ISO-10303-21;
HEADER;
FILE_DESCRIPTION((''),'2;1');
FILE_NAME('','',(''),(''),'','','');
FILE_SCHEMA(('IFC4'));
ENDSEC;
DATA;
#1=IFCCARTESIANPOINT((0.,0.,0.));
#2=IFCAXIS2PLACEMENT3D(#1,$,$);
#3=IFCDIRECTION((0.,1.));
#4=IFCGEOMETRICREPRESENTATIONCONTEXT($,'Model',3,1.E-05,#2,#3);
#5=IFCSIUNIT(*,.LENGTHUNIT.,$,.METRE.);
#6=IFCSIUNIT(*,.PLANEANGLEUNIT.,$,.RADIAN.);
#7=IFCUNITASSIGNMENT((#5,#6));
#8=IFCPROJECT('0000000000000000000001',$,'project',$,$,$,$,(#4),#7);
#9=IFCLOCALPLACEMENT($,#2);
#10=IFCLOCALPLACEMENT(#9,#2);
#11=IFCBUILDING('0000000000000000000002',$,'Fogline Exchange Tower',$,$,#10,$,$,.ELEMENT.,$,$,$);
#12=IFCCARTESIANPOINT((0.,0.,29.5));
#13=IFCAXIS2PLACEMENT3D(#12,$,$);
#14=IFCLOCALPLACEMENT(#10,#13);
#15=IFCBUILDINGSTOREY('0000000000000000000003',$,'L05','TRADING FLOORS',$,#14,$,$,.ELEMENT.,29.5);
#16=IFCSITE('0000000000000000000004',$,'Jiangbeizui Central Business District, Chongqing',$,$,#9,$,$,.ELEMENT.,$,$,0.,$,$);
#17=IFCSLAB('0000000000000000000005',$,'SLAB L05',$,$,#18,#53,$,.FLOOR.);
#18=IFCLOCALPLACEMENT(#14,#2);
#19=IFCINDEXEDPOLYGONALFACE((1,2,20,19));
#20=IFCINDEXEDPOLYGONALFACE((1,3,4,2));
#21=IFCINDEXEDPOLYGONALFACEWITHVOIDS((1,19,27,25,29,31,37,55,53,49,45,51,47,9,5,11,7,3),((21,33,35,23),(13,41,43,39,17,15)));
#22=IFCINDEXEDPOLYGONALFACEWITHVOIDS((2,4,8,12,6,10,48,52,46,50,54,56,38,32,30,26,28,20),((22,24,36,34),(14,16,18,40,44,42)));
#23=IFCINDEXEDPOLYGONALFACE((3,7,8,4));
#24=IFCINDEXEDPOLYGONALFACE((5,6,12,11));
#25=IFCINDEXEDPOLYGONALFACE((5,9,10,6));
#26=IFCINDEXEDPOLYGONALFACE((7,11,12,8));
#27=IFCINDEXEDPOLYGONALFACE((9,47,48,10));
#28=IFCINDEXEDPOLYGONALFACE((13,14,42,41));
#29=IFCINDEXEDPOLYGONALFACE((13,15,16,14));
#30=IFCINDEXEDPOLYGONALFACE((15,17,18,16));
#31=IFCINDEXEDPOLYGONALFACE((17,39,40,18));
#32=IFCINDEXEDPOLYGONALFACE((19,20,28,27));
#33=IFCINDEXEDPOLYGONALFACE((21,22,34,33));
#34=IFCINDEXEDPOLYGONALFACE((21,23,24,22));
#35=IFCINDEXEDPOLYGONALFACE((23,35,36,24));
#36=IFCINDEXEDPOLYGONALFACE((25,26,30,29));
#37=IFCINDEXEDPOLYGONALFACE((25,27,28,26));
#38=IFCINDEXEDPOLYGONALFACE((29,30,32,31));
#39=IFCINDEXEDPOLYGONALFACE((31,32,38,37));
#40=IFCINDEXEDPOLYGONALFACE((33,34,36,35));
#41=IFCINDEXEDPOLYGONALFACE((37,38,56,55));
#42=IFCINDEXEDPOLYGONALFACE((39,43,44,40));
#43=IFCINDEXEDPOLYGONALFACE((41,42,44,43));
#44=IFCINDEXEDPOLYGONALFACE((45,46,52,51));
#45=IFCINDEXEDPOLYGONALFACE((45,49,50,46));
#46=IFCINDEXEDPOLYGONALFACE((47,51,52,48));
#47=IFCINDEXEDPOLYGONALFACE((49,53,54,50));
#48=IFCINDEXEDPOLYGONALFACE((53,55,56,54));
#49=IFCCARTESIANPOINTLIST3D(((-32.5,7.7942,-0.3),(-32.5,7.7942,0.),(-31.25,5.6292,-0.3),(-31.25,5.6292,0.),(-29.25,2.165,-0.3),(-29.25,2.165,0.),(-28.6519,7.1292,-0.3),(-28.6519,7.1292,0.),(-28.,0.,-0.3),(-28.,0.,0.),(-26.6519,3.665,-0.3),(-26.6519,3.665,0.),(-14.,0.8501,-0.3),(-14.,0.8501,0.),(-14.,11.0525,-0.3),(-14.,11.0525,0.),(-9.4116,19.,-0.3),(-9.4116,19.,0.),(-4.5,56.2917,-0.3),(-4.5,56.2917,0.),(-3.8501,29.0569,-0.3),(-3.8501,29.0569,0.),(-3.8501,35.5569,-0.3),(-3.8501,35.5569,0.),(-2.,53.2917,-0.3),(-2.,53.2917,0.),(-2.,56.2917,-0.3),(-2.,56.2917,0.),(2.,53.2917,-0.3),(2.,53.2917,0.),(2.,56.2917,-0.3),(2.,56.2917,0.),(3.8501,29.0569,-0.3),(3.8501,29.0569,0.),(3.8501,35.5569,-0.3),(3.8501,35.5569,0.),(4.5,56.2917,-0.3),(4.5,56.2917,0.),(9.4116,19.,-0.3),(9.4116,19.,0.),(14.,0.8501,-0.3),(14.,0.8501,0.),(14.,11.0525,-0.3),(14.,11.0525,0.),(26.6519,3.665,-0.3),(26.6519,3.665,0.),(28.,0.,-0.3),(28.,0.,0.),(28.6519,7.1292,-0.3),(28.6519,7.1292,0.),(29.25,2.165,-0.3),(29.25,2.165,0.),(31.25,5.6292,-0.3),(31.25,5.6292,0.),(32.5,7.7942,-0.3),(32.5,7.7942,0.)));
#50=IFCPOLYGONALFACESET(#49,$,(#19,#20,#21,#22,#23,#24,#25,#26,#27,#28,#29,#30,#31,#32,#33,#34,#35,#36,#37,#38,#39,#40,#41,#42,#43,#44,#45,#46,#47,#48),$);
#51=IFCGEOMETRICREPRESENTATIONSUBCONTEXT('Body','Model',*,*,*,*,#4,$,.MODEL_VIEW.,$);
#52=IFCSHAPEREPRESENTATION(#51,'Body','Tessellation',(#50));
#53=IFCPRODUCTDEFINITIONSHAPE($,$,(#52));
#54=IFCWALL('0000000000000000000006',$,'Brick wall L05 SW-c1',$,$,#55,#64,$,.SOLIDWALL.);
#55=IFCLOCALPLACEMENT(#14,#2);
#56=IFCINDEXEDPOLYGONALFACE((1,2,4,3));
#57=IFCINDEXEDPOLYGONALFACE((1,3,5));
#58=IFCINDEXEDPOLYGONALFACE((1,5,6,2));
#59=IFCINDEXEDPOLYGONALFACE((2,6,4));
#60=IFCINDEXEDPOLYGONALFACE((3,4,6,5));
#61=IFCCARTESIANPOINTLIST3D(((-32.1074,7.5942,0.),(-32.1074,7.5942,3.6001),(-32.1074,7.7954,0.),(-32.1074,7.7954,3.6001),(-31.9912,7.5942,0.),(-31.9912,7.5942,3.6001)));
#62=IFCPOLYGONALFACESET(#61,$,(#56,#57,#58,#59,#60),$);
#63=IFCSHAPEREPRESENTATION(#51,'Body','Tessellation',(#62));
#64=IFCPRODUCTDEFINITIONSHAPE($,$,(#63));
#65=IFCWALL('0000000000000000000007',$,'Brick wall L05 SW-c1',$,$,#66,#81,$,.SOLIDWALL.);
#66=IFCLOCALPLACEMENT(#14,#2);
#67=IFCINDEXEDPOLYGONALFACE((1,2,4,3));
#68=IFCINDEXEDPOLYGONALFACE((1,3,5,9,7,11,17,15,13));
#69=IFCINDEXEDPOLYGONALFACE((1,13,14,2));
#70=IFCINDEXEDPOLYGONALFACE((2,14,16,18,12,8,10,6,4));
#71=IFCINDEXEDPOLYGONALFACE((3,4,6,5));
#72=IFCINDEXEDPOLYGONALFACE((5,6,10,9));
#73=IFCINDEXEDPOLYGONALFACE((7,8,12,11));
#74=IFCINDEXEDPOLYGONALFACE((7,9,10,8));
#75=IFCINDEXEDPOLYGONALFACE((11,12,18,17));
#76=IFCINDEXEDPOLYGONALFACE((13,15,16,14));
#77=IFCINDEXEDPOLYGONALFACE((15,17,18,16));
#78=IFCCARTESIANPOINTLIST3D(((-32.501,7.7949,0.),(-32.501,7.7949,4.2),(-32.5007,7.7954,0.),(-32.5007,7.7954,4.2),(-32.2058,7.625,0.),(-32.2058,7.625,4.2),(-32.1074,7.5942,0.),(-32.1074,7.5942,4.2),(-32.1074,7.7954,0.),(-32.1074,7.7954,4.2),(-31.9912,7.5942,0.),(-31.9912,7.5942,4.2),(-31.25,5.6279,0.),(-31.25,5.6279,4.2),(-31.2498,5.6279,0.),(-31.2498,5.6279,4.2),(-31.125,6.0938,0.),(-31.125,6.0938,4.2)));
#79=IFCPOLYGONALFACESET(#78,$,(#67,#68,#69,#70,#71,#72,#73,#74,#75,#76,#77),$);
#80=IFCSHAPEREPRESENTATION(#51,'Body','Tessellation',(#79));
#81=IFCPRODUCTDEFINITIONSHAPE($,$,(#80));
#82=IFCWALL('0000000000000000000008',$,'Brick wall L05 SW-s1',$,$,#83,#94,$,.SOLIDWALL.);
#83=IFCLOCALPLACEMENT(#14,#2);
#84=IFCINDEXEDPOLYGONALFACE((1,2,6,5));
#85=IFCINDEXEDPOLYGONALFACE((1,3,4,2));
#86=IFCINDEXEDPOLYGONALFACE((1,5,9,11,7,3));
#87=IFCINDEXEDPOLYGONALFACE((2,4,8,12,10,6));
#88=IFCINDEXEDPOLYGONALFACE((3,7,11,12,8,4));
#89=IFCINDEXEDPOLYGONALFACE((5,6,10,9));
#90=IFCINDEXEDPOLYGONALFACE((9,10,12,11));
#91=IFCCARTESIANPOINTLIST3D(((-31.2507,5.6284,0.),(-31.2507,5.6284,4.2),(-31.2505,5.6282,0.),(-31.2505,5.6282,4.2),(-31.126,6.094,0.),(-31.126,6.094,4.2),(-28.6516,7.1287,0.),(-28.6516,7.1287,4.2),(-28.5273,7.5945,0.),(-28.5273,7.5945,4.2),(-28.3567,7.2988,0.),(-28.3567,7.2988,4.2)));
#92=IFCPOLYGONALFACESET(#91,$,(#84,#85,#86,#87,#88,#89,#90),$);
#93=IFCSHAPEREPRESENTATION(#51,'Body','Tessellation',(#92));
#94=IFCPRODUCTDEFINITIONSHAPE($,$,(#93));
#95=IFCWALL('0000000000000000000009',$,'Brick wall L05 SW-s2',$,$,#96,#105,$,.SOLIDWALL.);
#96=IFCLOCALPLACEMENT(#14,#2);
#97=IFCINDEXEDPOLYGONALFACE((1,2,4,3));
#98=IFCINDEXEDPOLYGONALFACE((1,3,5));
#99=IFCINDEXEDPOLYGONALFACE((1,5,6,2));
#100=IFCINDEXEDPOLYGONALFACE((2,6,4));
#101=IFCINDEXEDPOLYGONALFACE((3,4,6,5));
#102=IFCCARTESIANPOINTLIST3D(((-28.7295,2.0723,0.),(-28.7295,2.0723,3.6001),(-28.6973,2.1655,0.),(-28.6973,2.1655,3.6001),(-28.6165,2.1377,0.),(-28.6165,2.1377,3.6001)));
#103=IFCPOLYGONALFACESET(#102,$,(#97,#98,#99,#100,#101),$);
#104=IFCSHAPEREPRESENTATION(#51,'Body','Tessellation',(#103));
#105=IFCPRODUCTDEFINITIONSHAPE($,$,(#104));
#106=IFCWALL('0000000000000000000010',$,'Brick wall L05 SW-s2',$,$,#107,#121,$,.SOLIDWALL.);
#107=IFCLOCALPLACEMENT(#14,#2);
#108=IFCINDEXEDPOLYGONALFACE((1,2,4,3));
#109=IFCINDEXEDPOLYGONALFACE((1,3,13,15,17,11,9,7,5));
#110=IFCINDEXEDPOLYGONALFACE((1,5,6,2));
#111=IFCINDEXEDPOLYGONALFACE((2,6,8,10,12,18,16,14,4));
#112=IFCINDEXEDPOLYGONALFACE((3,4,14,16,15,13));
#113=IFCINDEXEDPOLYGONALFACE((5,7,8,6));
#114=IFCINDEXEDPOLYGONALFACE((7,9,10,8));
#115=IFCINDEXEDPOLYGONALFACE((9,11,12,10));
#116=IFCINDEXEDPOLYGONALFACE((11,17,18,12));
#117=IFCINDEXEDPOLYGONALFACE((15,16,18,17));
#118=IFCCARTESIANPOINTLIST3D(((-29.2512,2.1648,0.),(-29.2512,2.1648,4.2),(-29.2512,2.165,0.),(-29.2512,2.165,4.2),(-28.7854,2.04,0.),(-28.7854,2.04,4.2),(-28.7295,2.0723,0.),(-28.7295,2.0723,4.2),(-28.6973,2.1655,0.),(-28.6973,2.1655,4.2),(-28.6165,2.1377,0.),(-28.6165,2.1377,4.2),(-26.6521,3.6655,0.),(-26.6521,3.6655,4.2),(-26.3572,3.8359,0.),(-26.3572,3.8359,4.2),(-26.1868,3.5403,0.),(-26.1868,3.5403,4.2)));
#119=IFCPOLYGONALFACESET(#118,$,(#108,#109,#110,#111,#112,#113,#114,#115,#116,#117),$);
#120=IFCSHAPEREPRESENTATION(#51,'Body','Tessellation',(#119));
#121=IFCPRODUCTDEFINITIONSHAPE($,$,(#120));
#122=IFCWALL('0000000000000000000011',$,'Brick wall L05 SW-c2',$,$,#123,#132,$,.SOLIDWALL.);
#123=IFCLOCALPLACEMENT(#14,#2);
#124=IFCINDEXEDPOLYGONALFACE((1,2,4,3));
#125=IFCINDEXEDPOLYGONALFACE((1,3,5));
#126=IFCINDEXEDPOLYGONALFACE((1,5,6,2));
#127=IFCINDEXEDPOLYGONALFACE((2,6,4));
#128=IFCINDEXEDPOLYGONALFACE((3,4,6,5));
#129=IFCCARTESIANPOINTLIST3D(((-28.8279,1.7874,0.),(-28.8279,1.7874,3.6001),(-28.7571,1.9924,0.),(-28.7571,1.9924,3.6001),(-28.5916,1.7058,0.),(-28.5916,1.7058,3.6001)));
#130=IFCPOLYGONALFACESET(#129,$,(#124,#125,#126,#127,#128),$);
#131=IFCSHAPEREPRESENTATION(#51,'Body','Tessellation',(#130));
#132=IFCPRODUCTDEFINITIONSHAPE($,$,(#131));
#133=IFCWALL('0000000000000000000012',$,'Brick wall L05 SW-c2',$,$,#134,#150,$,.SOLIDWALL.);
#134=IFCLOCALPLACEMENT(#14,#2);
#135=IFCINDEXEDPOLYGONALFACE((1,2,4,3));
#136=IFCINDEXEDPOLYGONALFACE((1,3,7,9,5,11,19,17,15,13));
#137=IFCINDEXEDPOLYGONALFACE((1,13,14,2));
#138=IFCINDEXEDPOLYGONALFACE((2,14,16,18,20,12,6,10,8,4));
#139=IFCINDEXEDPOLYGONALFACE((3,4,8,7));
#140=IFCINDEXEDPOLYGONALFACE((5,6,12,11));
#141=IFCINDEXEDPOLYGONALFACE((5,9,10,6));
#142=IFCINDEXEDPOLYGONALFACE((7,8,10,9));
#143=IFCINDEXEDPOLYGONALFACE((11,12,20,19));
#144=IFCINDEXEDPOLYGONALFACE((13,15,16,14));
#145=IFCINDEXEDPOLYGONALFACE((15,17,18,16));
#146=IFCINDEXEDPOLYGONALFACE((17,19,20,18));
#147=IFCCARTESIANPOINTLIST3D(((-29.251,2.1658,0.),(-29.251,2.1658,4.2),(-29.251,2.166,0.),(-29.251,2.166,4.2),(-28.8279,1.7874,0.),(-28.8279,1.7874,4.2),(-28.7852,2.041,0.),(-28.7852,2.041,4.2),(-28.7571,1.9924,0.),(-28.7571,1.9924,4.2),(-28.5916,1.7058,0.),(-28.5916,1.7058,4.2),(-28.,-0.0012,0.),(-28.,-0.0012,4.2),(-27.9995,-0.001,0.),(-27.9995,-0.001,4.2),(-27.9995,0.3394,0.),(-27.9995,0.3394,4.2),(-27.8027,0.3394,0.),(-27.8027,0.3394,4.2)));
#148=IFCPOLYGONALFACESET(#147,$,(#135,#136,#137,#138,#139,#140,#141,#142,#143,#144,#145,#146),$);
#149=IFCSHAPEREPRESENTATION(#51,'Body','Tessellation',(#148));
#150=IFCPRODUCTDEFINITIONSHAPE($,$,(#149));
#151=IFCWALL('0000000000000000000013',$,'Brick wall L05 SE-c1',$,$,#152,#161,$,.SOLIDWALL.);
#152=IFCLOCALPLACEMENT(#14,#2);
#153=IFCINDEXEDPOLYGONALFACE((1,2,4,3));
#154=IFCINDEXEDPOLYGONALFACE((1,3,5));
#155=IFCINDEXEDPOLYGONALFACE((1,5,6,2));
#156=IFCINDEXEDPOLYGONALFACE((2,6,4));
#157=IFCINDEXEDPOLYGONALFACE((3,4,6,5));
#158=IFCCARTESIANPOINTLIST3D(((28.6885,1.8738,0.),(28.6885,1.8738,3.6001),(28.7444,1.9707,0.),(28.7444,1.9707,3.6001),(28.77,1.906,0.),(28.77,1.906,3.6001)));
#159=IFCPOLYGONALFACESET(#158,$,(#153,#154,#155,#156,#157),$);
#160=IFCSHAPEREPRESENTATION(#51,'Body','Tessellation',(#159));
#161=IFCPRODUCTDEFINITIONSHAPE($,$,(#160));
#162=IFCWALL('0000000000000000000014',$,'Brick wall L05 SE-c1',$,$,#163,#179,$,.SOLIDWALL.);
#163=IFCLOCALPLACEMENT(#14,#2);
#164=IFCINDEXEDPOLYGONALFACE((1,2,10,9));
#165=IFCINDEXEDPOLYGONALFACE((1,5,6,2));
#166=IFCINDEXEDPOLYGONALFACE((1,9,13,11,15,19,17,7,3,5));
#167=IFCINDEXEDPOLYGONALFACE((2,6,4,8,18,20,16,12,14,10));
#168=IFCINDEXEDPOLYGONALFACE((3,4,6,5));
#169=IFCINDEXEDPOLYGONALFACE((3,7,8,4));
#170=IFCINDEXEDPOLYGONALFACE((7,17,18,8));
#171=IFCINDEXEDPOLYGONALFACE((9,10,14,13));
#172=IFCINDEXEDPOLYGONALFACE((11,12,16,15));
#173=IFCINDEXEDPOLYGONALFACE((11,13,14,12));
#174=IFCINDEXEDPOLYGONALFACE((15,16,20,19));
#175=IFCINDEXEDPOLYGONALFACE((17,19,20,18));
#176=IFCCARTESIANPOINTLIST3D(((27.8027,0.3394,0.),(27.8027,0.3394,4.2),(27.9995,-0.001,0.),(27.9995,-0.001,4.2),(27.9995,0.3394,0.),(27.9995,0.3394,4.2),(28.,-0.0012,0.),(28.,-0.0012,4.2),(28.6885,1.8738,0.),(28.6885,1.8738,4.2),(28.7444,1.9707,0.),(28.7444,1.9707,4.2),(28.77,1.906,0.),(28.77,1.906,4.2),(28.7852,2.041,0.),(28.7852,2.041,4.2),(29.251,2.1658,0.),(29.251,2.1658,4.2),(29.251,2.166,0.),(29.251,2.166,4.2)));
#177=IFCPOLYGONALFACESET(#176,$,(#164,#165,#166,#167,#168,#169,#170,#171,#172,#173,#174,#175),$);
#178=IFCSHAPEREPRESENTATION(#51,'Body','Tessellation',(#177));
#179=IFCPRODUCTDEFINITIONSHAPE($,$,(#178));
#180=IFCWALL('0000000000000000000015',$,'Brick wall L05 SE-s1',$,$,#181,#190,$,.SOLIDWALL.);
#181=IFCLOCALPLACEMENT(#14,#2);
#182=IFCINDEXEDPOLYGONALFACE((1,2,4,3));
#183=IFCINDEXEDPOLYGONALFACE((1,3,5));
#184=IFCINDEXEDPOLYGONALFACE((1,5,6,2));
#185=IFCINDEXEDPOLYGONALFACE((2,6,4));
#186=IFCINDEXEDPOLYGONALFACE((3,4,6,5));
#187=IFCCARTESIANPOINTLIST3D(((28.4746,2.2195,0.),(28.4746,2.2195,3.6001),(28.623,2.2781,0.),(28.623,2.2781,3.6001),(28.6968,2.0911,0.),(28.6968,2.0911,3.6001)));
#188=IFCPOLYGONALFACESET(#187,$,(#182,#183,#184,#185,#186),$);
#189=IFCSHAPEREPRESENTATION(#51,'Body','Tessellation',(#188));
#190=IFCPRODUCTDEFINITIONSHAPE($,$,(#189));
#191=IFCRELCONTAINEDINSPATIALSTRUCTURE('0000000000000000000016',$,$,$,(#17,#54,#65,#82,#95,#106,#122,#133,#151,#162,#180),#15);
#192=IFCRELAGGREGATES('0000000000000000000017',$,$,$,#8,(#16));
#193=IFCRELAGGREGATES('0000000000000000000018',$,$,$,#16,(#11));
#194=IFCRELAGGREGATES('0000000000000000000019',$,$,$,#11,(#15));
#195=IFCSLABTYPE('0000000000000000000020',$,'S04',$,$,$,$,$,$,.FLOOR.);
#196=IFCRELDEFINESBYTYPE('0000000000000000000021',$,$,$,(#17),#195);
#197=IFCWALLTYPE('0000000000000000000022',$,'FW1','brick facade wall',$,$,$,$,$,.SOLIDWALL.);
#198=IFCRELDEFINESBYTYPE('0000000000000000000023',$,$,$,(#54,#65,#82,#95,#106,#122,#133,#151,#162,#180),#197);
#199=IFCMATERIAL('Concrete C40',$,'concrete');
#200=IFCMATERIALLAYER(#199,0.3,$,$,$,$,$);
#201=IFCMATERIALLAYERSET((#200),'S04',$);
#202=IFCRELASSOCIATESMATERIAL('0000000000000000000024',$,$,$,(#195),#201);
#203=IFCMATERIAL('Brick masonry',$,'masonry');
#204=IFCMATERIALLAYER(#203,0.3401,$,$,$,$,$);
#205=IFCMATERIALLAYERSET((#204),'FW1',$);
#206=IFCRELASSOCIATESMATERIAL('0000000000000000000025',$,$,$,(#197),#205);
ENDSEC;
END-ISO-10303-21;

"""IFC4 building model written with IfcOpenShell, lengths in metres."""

from ifc_helpers import new_model, si_unit, direction, frame, origin, place, context, subcontext, project, spatial, polyline, outline, extrude, material, layer, layer_set, type_object, element, save


model = new_model("IFC4")

# Units and contexts
model_context = context("Model", 3, precision=1e-05, world=origin(), true_north=direction((0.0, 1.0)))
body_context = subcontext(model_context, "Body", "Model", "MODEL_VIEW")
ifc_project = project(units=[si_unit("LENGTHUNIT", "METRE"), si_unit("PLANEANGLEUNIT", "RADIAN")], contexts=[model_context])

# Site, building, storey
site_placement = place(None, origin())
site = spatial("IfcSite", under=ifc_project, at=site_placement, Name="Jiangbeizui Central Business District, Chongqing", CompositionType="ELEMENT", RefElevation=0.0)
building_placement = place(site_placement, origin())
building = spatial("IfcBuilding", under=site, at=building_placement, Name="Fogline Exchange Tower", CompositionType="ELEMENT")
storey_placement = place(building_placement, frame((0.0, 0.0, 29.5)))
storey = spatial("IfcBuildingStorey", under=building, at=storey_placement, Name="L05", Description="TRADING FLOORS", CompositionType="ELEMENT", Elevation=29.5)

# Slab
ifc_material_1 = material(Name="Concrete C40", Category="concrete")
ifc_layer_1 = layer(ifc_material_1, 0.3)
ifc_layer_set_1 = layer_set([ifc_layer_1], Name="S04")
slab_type = type_object("IfcSlabType", Name="S04", PredefinedType="FLOOR", material=ifc_layer_set_1)
slab_placement = place(storey_placement, frame((0.0, 0.0, -0.3)))
element("IfcSlab", 1, at=slab_placement, inside=storey, type_object=slab_type, Name="SLAB L05", PredefinedType="FLOOR", context=body_context, shape_type="SweptSolid", body=[
    extrude(outline(polyline([(-2.0, 56.2917), (-4.5, 56.2917), (-32.5, 7.7942), (-31.25, 5.6292), (-28.6519, 7.1292), (-26.6519, 3.665), (-29.25, 2.165), (-28.0, 0.0), (28.0, 0.0), (29.25, 2.165), (26.6519, 3.665), (28.6519, 7.1292), (31.25, 5.6292), (32.5, 7.7942), (4.5, 56.2917), (2.0, 56.2917), (2.0, 53.2917), (-2.0, 53.2917), (-2.0, 56.2917)]), holes=[polyline([(14.0, 11.0525), (14.0, 0.8501), (-14.0, 0.8501), (-14.0, 11.0525), (-9.4116, 19.0), (9.4116, 19.0), (14.0, 11.0525)]), polyline([(3.8501, 35.5569), (3.8501, 29.0569), (-3.8501, 29.0569), (-3.8501, 35.5569), (3.8501, 35.5569)])]), origin(), (0.0, 0.0, 1.0), 0.3),
])

# Walls
ifc_material_2 = material(Name="Brick masonry", Category="masonry")
ifc_layer_2 = layer(ifc_material_2, 0.3401)
ifc_layer_set_2 = layer_set([ifc_layer_2], Name="FW1")
wall_type = type_object("IfcWallType", Name="FW1", Description="brick facade wall", PredefinedType="SOLIDWALL", material=ifc_layer_set_2)
wall_1_placement = place(storey_placement, origin())
element("IfcWall", 2, at=wall_1_placement, inside=storey, type_object=wall_type, Name="Brick wall L05 SW-c1", PredefinedType="SOLIDWALL", context=body_context, shape_type="SweptSolid", body=[
    extrude(outline(polyline([(-31.9912, 7.5942), (-32.1074, 7.5942), (-32.1074, 7.7954), (-31.9912, 7.5942)])), origin(), (0.0, 0.0, 1.0), 3.6001),
])
wall_2_placement = place(storey_placement, origin())
element("IfcWall", 3, at=wall_2_placement, inside=storey, type_object=wall_type, Name="Brick wall L05 SW-c1", PredefinedType="SOLIDWALL", context=body_context, shape_type="SweptSolid", body=[
    extrude(outline(polyline([(-32.501, 7.7949), (-32.5007, 7.7954), (-32.2058, 7.625), (-32.1074, 7.7954), (-32.1074, 7.5942), (-31.9912, 7.5942), (-31.125, 6.0938), (-31.2498, 5.6279), (-31.25, 5.6279), (-32.501, 7.7949)])), origin(), (0.0, 0.0, 1.0), 4.2),
])
wall_3_placement = place(storey_placement, origin())
element("IfcWall", 4, at=wall_3_placement, inside=storey, type_object=wall_type, Name="Brick wall L05 SW-s1", PredefinedType="SOLIDWALL", context=body_context, shape_type="SweptSolid", body=[
    extrude(outline(polyline([(-28.5273, 7.5945), (-28.3567, 7.2988), (-28.6516, 7.1287), (-31.2505, 5.6282), (-31.2507, 5.6284), (-31.126, 6.094), (-28.5273, 7.5945)])), origin(), (0.0, 0.0, 1.0), 4.2),
])
wall_4_placement = place(storey_placement, origin())
element("IfcWall", 5, at=wall_4_placement, inside=storey, type_object=wall_type, Name="Brick wall L05 SW-s2", PredefinedType="SOLIDWALL", context=body_context, shape_type="SweptSolid", body=[
    extrude(outline(polyline([(-28.7295, 2.0723), (-28.6973, 2.1655), (-28.6165, 2.1377), (-28.7295, 2.0723)])), origin(), (0.0, 0.0, 1.0), 3.6001),
])
wall_5_placement = place(storey_placement, origin())
element("IfcWall", 6, at=wall_5_placement, inside=storey, type_object=wall_type, Name="Brick wall L05 SW-s2", PredefinedType="SOLIDWALL", context=body_context, shape_type="SweptSolid", body=[
    extrude(outline(polyline([(-26.6521, 3.6655), (-26.3572, 3.8359), (-26.1868, 3.5403), (-28.6165, 2.1377), (-28.6973, 2.1655), (-28.7295, 2.0723), (-28.7854, 2.04), (-29.2512, 2.1648), (-29.2512, 2.165), (-26.6521, 3.6655)])), origin(), (0.0, 0.0, 1.0), 4.2),
])
wall_6_placement = place(storey_placement, origin())
element("IfcWall", 7, at=wall_6_placement, inside=storey, type_object=wall_type, Name="Brick wall L05 SW-c2", PredefinedType="SOLIDWALL", context=body_context, shape_type="SweptSolid", body=[
    extrude(outline(polyline([(-28.5916, 1.7058), (-28.8279, 1.7874), (-28.7571, 1.9924), (-28.5916, 1.7058)])), origin(), (0.0, 0.0, 1.0), 3.6001),
])
wall_7_placement = place(storey_placement, origin())
element("IfcWall", 8, at=wall_7_placement, inside=storey, type_object=wall_type, Name="Brick wall L05 SW-c2", PredefinedType="SOLIDWALL", context=body_context, shape_type="SweptSolid", body=[
    extrude(outline(polyline([(-27.9995, 0.3394), (-27.9995, -0.001), (-28.0, -0.0012), (-29.251, 2.1658), (-29.251, 2.166), (-28.7852, 2.041), (-28.7571, 1.9924), (-28.8279, 1.7874), (-28.5916, 1.7058), (-27.8027, 0.3394), (-27.9995, 0.3394)])), origin(), (0.0, 0.0, 1.0), 4.2),
])
wall_8_placement = place(storey_placement, origin())
element("IfcWall", 9, at=wall_8_placement, inside=storey, type_object=wall_type, Name="Brick wall L05 SE-c1", PredefinedType="SOLIDWALL", context=body_context, shape_type="SweptSolid", body=[
    extrude(outline(polyline([(28.7444, 1.9707), (28.77, 1.906), (28.6885, 1.8738), (28.7444, 1.9707)])), origin(), (0.0, 0.0, 1.0), 3.6001),
])
wall_9_placement = place(storey_placement, origin())
element("IfcWall", 10, at=wall_9_placement, inside=storey, type_object=wall_type, Name="Brick wall L05 SE-c1", PredefinedType="SOLIDWALL", context=body_context, shape_type="SweptSolid", body=[
    extrude(outline(polyline([(28.0, -0.0012), (27.9995, -0.001), (27.9995, 0.3394), (27.8027, 0.3394), (28.6885, 1.8738), (28.77, 1.906), (28.7444, 1.9707), (28.7852, 2.041), (29.251, 2.166), (29.251, 2.1658), (28.0, -0.0012)])), origin(), (0.0, 0.0, 1.0), 4.2),
])
wall_10_placement = place(storey_placement, origin())
element("IfcWall", 11, at=wall_10_placement, inside=storey, type_object=wall_type, Name="Brick wall L05 SE-s1", PredefinedType="SOLIDWALL", context=body_context, shape_type="SweptSolid", body=[
    extrude(outline(polyline([(28.4746, 2.2195), (28.623, 2.2781), (28.6968, 2.0911), (28.4746, 2.2195)])), origin(), (0.0, 0.0, 1.0), 3.6001),
])

save(model, "model.ifc")
